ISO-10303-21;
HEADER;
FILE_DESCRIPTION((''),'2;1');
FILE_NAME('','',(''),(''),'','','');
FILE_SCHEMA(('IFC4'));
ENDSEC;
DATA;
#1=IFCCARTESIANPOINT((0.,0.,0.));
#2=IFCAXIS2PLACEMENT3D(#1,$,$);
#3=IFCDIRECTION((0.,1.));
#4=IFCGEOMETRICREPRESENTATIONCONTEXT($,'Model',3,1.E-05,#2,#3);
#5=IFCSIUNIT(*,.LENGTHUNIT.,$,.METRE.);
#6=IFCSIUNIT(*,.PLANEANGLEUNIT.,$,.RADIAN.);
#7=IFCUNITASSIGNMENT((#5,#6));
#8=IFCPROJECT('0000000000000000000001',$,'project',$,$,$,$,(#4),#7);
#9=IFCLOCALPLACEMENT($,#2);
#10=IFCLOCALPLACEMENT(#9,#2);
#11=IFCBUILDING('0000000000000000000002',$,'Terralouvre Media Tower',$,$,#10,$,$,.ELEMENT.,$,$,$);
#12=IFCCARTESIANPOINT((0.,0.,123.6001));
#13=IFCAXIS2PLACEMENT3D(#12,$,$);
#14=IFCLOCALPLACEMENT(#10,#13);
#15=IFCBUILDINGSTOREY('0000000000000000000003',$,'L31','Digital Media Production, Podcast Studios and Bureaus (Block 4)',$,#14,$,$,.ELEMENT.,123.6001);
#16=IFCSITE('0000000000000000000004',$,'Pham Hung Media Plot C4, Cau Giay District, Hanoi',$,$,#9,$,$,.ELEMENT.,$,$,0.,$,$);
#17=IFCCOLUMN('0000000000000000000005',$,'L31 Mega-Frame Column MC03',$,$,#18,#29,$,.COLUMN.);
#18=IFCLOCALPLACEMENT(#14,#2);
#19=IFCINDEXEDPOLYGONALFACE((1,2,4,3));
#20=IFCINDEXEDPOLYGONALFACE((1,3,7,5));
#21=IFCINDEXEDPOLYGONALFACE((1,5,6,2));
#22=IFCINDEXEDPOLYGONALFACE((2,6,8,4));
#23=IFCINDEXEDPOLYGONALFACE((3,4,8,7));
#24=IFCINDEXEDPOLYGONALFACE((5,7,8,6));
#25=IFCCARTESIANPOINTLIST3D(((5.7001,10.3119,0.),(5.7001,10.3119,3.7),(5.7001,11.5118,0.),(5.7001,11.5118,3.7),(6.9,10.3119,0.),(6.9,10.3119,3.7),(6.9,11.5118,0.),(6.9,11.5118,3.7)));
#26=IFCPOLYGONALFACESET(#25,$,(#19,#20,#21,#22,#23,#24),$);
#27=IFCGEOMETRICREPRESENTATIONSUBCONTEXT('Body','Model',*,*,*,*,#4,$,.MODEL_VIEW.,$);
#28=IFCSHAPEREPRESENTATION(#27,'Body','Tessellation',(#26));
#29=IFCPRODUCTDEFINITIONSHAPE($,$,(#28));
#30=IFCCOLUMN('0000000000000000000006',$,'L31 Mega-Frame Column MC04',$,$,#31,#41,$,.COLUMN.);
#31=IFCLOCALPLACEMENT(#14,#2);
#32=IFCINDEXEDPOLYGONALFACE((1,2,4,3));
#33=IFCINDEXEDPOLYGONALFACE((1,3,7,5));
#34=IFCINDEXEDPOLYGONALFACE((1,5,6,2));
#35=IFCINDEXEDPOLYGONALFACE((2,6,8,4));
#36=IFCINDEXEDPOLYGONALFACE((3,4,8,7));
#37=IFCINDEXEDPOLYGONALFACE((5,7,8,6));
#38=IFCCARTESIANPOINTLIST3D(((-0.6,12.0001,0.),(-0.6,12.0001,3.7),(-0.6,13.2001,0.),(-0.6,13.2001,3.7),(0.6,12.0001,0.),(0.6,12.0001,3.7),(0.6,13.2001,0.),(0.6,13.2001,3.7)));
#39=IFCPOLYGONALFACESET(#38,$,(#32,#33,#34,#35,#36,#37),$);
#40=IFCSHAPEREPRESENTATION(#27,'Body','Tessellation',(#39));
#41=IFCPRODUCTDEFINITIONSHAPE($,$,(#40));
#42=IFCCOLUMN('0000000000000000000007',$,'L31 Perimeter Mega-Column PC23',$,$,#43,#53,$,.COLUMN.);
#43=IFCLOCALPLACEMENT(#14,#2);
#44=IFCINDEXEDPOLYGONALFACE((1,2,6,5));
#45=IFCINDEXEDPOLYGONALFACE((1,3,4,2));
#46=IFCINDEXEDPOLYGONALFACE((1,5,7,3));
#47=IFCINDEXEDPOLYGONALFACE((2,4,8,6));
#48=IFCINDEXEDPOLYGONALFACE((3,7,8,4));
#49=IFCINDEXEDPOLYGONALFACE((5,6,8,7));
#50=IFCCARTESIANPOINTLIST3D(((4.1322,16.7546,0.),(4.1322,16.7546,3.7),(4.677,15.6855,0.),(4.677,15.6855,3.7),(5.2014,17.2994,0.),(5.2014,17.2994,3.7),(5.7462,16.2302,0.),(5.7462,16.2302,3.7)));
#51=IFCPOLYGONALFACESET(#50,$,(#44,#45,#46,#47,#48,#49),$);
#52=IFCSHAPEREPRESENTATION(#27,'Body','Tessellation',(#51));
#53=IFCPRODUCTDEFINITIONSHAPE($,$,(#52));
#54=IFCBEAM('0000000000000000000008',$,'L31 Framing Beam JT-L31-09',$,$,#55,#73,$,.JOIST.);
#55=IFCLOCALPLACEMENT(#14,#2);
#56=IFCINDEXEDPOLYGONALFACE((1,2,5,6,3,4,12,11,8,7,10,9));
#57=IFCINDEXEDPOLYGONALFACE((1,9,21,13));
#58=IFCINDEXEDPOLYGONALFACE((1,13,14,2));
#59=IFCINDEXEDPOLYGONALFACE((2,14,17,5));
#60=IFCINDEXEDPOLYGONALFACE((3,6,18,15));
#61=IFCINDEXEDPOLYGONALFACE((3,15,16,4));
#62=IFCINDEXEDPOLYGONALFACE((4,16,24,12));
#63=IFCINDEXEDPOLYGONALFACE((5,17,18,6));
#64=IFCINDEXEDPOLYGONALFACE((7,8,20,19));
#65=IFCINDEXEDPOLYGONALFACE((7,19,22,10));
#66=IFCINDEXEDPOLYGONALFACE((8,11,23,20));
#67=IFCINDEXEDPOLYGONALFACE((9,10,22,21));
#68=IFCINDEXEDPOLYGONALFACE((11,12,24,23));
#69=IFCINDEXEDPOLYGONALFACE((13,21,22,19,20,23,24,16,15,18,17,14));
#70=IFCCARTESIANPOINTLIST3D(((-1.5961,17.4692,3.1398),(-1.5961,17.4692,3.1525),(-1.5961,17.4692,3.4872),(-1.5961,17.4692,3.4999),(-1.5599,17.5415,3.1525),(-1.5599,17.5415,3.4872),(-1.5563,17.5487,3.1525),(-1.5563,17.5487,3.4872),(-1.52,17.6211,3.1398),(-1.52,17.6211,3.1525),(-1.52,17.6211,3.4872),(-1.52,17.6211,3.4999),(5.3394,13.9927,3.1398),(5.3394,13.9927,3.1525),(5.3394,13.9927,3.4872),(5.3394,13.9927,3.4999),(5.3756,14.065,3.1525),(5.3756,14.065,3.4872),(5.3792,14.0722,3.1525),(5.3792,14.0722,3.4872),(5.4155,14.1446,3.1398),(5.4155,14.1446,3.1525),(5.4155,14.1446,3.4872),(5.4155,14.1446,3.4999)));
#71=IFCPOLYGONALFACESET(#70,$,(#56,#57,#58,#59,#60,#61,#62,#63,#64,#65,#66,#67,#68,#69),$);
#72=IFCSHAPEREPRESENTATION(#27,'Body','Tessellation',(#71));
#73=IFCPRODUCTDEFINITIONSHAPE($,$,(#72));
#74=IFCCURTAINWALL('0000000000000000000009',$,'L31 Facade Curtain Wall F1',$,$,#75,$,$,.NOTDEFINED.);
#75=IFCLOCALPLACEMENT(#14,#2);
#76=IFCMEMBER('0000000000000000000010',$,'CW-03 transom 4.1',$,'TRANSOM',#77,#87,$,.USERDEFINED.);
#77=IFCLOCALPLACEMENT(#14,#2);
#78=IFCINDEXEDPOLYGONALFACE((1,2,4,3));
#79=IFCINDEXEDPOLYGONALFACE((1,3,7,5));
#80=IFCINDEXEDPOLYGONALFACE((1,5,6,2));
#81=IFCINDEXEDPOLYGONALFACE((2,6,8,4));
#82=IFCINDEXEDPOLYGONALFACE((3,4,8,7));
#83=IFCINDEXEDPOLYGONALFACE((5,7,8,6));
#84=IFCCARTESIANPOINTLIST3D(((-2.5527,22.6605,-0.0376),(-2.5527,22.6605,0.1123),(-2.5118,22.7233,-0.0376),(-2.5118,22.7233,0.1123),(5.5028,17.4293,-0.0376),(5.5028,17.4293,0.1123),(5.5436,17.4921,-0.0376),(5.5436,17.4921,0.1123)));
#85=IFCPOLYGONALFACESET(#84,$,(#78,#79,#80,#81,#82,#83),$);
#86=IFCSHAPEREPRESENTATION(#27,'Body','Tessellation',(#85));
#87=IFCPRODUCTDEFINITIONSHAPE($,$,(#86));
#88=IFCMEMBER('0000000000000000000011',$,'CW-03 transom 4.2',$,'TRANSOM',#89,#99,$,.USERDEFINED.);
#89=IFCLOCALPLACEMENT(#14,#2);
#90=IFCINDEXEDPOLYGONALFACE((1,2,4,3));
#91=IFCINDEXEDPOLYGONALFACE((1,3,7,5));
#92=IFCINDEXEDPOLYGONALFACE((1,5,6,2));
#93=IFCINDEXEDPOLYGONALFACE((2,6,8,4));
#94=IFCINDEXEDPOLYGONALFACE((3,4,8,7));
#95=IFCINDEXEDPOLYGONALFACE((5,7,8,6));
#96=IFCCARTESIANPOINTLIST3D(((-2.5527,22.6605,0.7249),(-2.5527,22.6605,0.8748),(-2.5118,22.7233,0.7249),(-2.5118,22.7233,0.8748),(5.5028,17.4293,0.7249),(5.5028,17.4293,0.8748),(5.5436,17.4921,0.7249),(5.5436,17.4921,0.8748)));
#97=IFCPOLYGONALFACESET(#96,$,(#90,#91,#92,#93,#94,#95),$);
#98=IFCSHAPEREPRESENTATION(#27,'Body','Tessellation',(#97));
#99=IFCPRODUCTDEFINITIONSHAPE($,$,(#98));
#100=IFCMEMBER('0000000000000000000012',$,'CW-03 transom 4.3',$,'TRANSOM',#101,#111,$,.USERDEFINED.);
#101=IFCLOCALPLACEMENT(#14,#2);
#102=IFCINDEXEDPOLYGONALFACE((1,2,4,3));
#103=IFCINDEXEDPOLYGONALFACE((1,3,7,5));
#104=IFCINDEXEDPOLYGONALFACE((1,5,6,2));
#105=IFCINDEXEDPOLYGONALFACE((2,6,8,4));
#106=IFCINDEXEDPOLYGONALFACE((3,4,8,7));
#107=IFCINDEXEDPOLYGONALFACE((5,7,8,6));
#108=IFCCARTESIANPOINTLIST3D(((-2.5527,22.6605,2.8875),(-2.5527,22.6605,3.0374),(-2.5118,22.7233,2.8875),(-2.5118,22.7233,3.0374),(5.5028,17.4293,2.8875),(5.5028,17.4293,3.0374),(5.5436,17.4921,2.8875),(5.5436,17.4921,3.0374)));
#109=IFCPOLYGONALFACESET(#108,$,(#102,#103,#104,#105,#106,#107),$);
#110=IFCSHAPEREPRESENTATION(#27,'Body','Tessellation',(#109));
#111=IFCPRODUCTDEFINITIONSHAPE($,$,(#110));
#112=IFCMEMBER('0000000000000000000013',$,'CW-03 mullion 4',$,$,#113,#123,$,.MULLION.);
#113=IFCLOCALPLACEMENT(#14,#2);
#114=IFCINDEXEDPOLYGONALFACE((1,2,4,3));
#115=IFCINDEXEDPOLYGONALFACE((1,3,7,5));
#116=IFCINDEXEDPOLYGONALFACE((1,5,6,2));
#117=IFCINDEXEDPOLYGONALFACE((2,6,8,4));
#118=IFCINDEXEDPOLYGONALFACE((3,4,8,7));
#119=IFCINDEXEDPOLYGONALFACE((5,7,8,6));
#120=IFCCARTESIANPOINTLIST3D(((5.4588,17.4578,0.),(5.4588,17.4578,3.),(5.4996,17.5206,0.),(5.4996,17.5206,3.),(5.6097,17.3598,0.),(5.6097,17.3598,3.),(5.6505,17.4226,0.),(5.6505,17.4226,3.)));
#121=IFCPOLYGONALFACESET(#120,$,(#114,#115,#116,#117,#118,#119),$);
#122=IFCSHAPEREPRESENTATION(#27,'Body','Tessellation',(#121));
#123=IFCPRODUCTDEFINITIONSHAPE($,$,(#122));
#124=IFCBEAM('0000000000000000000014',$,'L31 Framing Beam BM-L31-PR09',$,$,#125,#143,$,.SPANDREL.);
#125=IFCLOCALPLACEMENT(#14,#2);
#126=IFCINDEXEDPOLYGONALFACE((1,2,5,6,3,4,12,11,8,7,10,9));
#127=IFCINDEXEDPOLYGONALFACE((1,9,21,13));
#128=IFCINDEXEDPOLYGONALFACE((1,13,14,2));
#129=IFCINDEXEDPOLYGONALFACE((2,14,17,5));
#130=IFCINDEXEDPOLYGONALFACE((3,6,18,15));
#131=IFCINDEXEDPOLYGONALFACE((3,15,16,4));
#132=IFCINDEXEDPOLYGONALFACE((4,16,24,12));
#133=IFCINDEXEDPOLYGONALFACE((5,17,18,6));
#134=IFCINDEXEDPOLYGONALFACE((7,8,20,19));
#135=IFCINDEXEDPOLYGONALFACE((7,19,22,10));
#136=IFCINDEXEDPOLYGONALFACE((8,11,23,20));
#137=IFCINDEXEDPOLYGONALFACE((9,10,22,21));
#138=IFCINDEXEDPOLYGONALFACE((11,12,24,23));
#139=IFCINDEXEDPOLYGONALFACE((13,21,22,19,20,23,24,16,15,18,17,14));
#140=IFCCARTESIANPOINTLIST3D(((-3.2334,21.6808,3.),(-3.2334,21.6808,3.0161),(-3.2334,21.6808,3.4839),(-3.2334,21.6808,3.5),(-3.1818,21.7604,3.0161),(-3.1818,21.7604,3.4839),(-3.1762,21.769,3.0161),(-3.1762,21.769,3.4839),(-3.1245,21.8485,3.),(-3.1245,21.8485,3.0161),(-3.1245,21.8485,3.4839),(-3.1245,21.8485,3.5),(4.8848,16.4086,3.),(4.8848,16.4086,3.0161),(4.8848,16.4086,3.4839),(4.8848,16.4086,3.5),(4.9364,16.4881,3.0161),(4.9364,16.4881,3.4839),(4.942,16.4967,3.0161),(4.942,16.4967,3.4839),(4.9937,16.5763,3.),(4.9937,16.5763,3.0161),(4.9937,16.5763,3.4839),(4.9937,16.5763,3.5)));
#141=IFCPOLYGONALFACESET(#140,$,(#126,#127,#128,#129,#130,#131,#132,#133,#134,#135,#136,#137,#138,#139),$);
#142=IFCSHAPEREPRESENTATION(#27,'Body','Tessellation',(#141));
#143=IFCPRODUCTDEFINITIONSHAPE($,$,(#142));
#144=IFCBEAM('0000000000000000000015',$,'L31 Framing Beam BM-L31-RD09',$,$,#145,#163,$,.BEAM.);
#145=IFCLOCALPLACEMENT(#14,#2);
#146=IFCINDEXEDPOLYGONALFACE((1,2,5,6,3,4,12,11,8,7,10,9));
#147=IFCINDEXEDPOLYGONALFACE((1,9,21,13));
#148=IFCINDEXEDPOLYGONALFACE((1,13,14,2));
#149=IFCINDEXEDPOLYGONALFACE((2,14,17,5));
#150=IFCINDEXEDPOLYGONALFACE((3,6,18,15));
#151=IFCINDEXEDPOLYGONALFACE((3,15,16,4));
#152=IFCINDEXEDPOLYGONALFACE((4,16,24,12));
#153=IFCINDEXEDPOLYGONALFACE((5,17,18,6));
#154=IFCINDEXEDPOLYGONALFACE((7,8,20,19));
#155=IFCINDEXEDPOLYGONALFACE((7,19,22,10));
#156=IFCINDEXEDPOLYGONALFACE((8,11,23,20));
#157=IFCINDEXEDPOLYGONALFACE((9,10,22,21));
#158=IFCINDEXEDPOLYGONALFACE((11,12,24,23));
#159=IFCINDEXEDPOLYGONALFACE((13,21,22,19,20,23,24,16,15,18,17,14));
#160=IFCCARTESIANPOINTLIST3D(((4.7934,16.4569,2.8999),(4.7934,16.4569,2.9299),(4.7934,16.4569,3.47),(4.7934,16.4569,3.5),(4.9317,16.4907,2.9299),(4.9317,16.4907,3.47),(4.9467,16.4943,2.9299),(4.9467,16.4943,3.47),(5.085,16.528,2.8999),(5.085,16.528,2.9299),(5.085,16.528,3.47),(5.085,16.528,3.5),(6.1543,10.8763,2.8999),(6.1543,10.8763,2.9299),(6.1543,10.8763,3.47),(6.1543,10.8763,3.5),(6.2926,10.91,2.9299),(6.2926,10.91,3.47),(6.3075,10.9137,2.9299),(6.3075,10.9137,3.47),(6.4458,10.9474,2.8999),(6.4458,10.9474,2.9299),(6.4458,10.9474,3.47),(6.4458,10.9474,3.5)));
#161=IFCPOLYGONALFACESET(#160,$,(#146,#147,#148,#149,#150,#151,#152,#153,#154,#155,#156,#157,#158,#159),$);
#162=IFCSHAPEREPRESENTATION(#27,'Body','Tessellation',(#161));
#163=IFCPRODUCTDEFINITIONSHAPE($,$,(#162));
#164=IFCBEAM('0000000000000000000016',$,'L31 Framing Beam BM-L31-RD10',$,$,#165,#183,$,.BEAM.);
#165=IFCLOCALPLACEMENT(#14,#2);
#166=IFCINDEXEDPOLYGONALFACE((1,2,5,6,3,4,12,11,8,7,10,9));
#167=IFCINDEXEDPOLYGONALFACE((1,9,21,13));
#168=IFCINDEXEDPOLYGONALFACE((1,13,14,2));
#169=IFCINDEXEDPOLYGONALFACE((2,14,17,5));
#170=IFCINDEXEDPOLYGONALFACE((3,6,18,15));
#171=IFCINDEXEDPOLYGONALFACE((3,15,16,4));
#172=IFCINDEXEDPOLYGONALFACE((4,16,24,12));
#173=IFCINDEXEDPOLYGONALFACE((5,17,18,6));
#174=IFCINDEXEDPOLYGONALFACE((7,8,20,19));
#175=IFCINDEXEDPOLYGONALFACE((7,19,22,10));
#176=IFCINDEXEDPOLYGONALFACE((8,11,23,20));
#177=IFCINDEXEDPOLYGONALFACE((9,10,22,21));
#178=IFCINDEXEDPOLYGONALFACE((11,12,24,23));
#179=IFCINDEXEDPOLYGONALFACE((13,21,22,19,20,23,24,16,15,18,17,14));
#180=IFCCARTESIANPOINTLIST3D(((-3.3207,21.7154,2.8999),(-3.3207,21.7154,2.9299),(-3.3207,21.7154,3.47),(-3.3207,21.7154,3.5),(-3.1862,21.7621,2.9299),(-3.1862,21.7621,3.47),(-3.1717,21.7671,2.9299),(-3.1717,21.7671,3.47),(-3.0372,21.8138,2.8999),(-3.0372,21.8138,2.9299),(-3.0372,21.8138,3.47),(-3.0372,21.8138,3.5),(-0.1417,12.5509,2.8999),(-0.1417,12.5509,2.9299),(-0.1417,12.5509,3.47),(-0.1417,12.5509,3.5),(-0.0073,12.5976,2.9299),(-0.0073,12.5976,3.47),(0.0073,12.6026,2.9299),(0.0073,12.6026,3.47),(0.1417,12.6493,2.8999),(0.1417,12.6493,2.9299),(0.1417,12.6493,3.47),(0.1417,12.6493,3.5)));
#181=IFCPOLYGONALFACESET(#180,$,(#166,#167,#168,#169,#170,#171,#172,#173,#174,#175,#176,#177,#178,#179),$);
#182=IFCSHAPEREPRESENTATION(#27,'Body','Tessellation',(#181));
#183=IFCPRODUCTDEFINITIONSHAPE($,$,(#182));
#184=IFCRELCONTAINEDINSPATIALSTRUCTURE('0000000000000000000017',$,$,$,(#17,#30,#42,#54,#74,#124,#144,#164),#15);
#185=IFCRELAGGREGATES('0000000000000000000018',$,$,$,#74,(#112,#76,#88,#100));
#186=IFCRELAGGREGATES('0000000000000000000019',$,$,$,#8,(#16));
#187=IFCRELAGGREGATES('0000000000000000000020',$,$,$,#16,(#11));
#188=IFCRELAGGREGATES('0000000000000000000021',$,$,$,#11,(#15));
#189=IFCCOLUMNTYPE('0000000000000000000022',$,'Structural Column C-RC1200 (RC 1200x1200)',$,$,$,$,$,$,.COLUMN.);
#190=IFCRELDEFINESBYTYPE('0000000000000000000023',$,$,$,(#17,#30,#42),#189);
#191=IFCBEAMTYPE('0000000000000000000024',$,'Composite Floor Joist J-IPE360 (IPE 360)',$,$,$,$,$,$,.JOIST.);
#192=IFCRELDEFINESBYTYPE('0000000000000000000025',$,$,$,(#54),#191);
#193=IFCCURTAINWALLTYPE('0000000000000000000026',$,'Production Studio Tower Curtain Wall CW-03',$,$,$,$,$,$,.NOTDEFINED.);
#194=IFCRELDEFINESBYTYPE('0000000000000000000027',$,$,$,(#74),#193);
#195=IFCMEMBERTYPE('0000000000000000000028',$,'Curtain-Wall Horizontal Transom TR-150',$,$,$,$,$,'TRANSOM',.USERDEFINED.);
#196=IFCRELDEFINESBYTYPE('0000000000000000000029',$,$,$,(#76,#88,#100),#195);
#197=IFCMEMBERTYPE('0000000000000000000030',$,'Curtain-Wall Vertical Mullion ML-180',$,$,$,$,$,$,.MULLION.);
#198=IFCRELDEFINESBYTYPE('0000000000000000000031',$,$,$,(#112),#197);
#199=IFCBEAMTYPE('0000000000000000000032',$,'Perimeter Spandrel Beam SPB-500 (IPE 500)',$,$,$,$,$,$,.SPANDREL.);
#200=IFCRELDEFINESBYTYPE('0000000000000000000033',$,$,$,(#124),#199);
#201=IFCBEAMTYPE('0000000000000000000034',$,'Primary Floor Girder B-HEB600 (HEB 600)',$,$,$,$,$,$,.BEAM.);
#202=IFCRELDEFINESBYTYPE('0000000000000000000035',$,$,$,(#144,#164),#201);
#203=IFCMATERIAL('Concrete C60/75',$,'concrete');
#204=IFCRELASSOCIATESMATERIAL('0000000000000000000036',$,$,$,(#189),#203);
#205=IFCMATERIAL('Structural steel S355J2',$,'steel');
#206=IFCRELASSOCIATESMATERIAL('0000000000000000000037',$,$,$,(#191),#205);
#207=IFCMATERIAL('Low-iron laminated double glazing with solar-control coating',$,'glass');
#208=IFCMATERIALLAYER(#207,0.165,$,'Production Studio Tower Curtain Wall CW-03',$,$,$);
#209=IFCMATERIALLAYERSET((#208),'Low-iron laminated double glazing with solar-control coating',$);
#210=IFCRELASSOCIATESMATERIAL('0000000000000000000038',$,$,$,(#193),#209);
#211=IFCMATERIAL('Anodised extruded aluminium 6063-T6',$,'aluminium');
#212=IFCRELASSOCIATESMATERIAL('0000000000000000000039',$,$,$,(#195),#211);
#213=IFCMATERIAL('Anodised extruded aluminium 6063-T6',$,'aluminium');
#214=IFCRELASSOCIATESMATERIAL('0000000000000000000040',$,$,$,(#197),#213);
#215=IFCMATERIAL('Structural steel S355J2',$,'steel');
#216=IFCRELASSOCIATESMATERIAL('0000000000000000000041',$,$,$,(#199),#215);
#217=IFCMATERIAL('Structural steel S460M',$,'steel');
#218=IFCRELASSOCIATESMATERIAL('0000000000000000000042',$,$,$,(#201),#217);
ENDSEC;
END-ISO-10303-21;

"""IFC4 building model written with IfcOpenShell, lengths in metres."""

from ifc_helpers import new_model, si_unit, direction, frame, origin, origin_2d, place, context, subcontext, project, spatial, rectangle, i_section, extrude, material, layer, layer_set, material_profile, profile_set, type_object, element, aggregate, save


model = new_model("IFC4")

# Units and contexts
model_context = context("Model", 3, precision=1e-05, world=origin(), true_north=direction((0.0, 1.0)))
body_context = subcontext(model_context, "Body", "Model", "MODEL_VIEW")
ifc_project = project(units=[si_unit("LENGTHUNIT", "METRE"), si_unit("PLANEANGLEUNIT", "RADIAN")], contexts=[model_context])

# Site, building, storey
site_placement = place(None, origin())
site = spatial("IfcSite", under=ifc_project, at=site_placement, Name="Pham Hung Media Plot C4, Cau Giay District, Hanoi", CompositionType="ELEMENT", RefElevation=0.0)
building_placement = place(site_placement, origin())
building = spatial("IfcBuilding", under=site, at=building_placement, Name="Terralouvre Media Tower", CompositionType="ELEMENT")
storey_placement = place(building_placement, frame((0.0, 0.0, 123.6001)))
storey = spatial("IfcBuildingStorey", under=building, at=storey_placement, Name="L31", Description="Digital Media Production, Podcast Studios and Bureaus (Block 4)", CompositionType="ELEMENT", Elevation=123.6001)

# Columns
ifc_material_1 = material(Name="Concrete C60/75", Category="concrete")
ifc_material_profile_1 = material_profile(ifc_material_1, rectangle(XDim=1.2, YDim=1.2, at=origin_2d()), Name="RC 1200x1200")
ifc_profile_set_1 = profile_set([ifc_material_profile_1], Name="Concrete C60/75")
column_type = type_object("IfcColumnType", Name="Structural Column C-RC1200 (RC 1200x1200)", PredefinedType="COLUMN", material=ifc_profile_set_1)
for number, where, z_axis, x_axis, name in (
    (1, (6.3, 10.9119, 0.0), (0.0, 0.0, 1.0), (1.0, 0.0, 0.0), "L31 Mega-Frame Column MC03"),
    (2, (0.0, 12.6001, 0.0), (0.0, 0.0, 1.0), (1.0, 0.0, 0.0), "L31 Mega-Frame Column MC04"),
    (3, (4.9392, 16.4924, 0.0), (0.0, 0.0, 1.0), (0.891007, 0.45399, 0.0), "L31 Perimeter Mega-Column PC23"),
):
    element("IfcColumn", number, at=place(storey_placement, frame(where, z_axis=z_axis, x_axis=x_axis)), inside=storey, type_object=column_type, Name=name, PredefinedType="COLUMN", context=body_context, shape_type="SweptSolid", body=[
        extrude(rectangle(XDim=1.2, YDim=1.2, at=origin_2d()), origin(), (0.0, 0.0, 1.0), 3.7),
    ])

# Beam
ifc_material_2 = material(Name="Structural steel S355J2", Category="steel")
ifc_material_profile_2 = material_profile(ifc_material_2, i_section(OverallWidth=0.1699, OverallDepth=0.3601, WebThickness=0.0081, FlangeThickness=0.0127, at=origin_2d()), Name="IPE 360")
ifc_profile_set_2 = profile_set([ifc_material_profile_2], Name="Structural steel S355J2")
beam_type_1 = type_object("IfcBeamType", Name="Composite Floor Joist J-IPE360 (IPE 360)", PredefinedType="JOIST", material=ifc_profile_set_2)
beam_1_placement = place(storey_placement, frame((5.3774, 14.0686, 3.3198), z_axis=(-0.893974, 0.44812, 0.0), x_axis=(-0.44812, -0.893974, 0.0)))
element("IfcBeam", 4, at=beam_1_placement, inside=storey, type_object=beam_type_1, Name="L31 Framing Beam JT-L31-09", PredefinedType="JOIST", context=body_context, shape_type="SweptSolid", body=[
    extrude(i_section(OverallWidth=0.1699, OverallDepth=0.3601, WebThickness=0.0081, FlangeThickness=0.0127, at=origin_2d()), origin(), (0.0, 0.0, 1.0), 7.7581),
])

# Curtain wall, members
ifc_material_3 = material(Name="Low-iron laminated double glazing with solar-control coating", Category="glass")
ifc_layer_1 = layer(ifc_material_3, 0.165, Name="Production Studio Tower Curtain Wall CW-03")
ifc_layer_set_1 = layer_set([ifc_layer_1], Name="Low-iron laminated double glazing with solar-control coating")
curtain_wall_type = type_object("IfcCurtainWallType", Name="Production Studio Tower Curtain Wall CW-03", PredefinedType="NOTDEFINED", material=ifc_layer_set_1)
curtain_wall_placement = place(storey_placement, origin())
curtain_wall = element("IfcCurtainWall", 5, at=curtain_wall_placement, inside=storey, type_object=curtain_wall_type, Name="L31 Facade Curtain Wall F1", PredefinedType="NOTDEFINED")
ifc_material_4 = material(Name="Anodised extruded aluminium 6063-T6", Category="aluminium")
ifc_material_profile_3 = material_profile(ifc_material_4, rectangle(XDim=0.075, YDim=0.1499, at=origin_2d()), Name="ALU 75x150")
ifc_profile_set_3 = profile_set([ifc_material_profile_3], Name="Anodised extruded aluminium 6063-T6")
member_type_1 = type_object("IfcMemberType", Name="Curtain-Wall Horizontal Transom TR-150", ElementType="TRANSOM", PredefinedType="USERDEFINED", material=ifc_profile_set_3)
member_1_placement = place(storey_placement, frame((5.5232, 17.4607, 0.0374), z_axis=(-0.838673, 0.544635, 0.0), x_axis=(-0.544635, -0.838673, 0.0)))
member_1 = element("IfcMember", 6, at=member_1_placement, type_object=member_type_1, Name="CW-03 transom 4.1", ObjectType="TRANSOM", PredefinedType="USERDEFINED", context=body_context, shape_type="SweptSolid", body=[
    extrude(rectangle(XDim=0.075, YDim=0.1499, at=origin_2d()), origin(), (0.0, 0.0, 1.0), 9.605),
])
member_2_placement = place(storey_placement, frame((5.5232, 17.4607, 0.7998), z_axis=(-0.838673, 0.544635, 0.0), x_axis=(-0.544635, -0.838673, 0.0)))
member_2 = element("IfcMember", 7, at=member_2_placement, type_object=member_type_1, Name="CW-03 transom 4.2", ObjectType="TRANSOM", PredefinedType="USERDEFINED", context=body_context, shape_type="SweptSolid", body=[
    extrude(rectangle(XDim=0.075, YDim=0.1499, at=origin_2d()), origin(), (0.0, 0.0, 1.0), 9.605),
])
member_3_placement = place(storey_placement, frame((5.5232, 17.4607, 2.9624), z_axis=(-0.838673, 0.544635, 0.0), x_axis=(-0.544635, -0.838673, 0.0)))
member_3 = element("IfcMember", 8, at=member_3_placement, type_object=member_type_1, Name="CW-03 transom 4.3", ObjectType="TRANSOM", PredefinedType="USERDEFINED", context=body_context, shape_type="SweptSolid", body=[
    extrude(rectangle(XDim=0.075, YDim=0.1499, at=origin_2d()), origin(), (0.0, 0.0, 1.0), 9.605),
])
ifc_material_5 = material(Name="Anodised extruded aluminium 6063-T6", Category="aluminium")
ifc_material_profile_4 = material_profile(ifc_material_5, rectangle(XDim=0.075, YDim=0.1799, at=origin_2d()), Name="ALU 75x180")
ifc_profile_set_4 = profile_set([ifc_material_profile_4], Name="Anodised extruded aluminium 6063-T6")
member_type_2 = type_object("IfcMemberType", Name="Curtain-Wall Vertical Mullion ML-180", PredefinedType="MULLION", material=ifc_profile_set_4)
member_4_placement = place(storey_placement, frame((5.5547, 17.4402, 0.0), z_axis=(0.0, 0.0, 1.0), x_axis=(-0.544639, -0.838671, 0.0)))
member_4 = element("IfcMember", 9, at=member_4_placement, type_object=member_type_2, Name="CW-03 mullion 4", PredefinedType="MULLION", context=body_context, shape_type="SweptSolid", body=[
    extrude(rectangle(XDim=0.075, YDim=0.1799, at=origin_2d()), origin(), (0.0, 0.0, 1.0), 3.0),
])

# Beams
ifc_material_6 = material(Name="Structural steel S355J2", Category="steel")
ifc_material_profile_5 = material_profile(ifc_material_6, i_section(OverallWidth=0.2, OverallDepth=0.5, WebThickness=0.0103, FlangeThickness=0.0161, at=origin_2d()), Name="IPE 500")
ifc_profile_set_5 = profile_set([ifc_material_profile_5], Name="Structural steel S355J2")
beam_type_2 = type_object("IfcBeamType", Name="Perimeter Spandrel Beam SPB-500 (IPE 500)", PredefinedType="SPANDREL", material=ifc_profile_set_5)
beam_2_placement = place(storey_placement, frame((4.9392, 16.4924, 3.25), z_axis=(-0.83866, 0.544655, 0.0), x_axis=(-0.544655, -0.83866, 0.0)))
element("IfcBeam", 10, at=beam_2_placement, inside=storey, type_object=beam_type_2, Name="L31 Framing Beam BM-L31-PR09", PredefinedType="SPANDREL", context=body_context, shape_type="SweptSolid", body=[
    extrude(i_section(OverallWidth=0.2, OverallDepth=0.5, WebThickness=0.0103, FlangeThickness=0.0161, at=origin_2d()), origin(), (0.0, 0.0, 1.0), 9.6799),
])
ifc_material_7 = material(Name="Structural steel S460M", Category="steel")
ifc_material_profile_6 = material_profile(ifc_material_7, i_section(OverallWidth=0.3, OverallDepth=0.6001, WebThickness=0.0154, FlangeThickness=0.03, at=origin_2d()), Name="HEB 600")
ifc_profile_set_6 = profile_set([ifc_material_profile_6], Name="Structural steel S460M")
beam_type_3 = type_object("IfcBeamType", Name="Primary Floor Girder B-HEB600 (HEB 600)", PredefinedType="BEAM", material=ifc_profile_set_6)
beam_3_placement = place(storey_placement, frame((6.3, 10.9119, 3.2), z_axis=(-0.236911, 0.971531, 0.0), x_axis=(-0.971531, -0.236911, 0.0)))
element("IfcBeam", 11, at=beam_3_placement, inside=storey, type_object=beam_type_3, Name="L31 Framing Beam BM-L31-RD09", PredefinedType="BEAM", context=body_context, shape_type="SweptSolid", body=[
    extrude(i_section(OverallWidth=0.3, OverallDepth=0.6001, WebThickness=0.0154, FlangeThickness=0.03, at=origin_2d()), origin(), (0.0, 0.0, 1.0), 5.7441),
])
beam_4_placement = place(storey_placement, frame((0.0, 12.6001, 3.2), z_axis=(-0.327719, 0.944775, 0.0), x_axis=(-0.944775, -0.327719, 0.0)))
element("IfcBeam", 12, at=beam_4_placement, inside=storey, type_object=beam_type_3, Name="L31 Framing Beam BM-L31-RD10", PredefinedType="BEAM", context=body_context, shape_type="SweptSolid", body=[
    extrude(i_section(OverallWidth=0.3, OverallDepth=0.6001, WebThickness=0.0154, FlangeThickness=0.03, at=origin_2d()), origin(), (0.0, 0.0, 1.0), 9.7002),
])

aggregate(curtain_wall, [member_4, member_1, member_2, member_3])

save(model, "model.ifc")
